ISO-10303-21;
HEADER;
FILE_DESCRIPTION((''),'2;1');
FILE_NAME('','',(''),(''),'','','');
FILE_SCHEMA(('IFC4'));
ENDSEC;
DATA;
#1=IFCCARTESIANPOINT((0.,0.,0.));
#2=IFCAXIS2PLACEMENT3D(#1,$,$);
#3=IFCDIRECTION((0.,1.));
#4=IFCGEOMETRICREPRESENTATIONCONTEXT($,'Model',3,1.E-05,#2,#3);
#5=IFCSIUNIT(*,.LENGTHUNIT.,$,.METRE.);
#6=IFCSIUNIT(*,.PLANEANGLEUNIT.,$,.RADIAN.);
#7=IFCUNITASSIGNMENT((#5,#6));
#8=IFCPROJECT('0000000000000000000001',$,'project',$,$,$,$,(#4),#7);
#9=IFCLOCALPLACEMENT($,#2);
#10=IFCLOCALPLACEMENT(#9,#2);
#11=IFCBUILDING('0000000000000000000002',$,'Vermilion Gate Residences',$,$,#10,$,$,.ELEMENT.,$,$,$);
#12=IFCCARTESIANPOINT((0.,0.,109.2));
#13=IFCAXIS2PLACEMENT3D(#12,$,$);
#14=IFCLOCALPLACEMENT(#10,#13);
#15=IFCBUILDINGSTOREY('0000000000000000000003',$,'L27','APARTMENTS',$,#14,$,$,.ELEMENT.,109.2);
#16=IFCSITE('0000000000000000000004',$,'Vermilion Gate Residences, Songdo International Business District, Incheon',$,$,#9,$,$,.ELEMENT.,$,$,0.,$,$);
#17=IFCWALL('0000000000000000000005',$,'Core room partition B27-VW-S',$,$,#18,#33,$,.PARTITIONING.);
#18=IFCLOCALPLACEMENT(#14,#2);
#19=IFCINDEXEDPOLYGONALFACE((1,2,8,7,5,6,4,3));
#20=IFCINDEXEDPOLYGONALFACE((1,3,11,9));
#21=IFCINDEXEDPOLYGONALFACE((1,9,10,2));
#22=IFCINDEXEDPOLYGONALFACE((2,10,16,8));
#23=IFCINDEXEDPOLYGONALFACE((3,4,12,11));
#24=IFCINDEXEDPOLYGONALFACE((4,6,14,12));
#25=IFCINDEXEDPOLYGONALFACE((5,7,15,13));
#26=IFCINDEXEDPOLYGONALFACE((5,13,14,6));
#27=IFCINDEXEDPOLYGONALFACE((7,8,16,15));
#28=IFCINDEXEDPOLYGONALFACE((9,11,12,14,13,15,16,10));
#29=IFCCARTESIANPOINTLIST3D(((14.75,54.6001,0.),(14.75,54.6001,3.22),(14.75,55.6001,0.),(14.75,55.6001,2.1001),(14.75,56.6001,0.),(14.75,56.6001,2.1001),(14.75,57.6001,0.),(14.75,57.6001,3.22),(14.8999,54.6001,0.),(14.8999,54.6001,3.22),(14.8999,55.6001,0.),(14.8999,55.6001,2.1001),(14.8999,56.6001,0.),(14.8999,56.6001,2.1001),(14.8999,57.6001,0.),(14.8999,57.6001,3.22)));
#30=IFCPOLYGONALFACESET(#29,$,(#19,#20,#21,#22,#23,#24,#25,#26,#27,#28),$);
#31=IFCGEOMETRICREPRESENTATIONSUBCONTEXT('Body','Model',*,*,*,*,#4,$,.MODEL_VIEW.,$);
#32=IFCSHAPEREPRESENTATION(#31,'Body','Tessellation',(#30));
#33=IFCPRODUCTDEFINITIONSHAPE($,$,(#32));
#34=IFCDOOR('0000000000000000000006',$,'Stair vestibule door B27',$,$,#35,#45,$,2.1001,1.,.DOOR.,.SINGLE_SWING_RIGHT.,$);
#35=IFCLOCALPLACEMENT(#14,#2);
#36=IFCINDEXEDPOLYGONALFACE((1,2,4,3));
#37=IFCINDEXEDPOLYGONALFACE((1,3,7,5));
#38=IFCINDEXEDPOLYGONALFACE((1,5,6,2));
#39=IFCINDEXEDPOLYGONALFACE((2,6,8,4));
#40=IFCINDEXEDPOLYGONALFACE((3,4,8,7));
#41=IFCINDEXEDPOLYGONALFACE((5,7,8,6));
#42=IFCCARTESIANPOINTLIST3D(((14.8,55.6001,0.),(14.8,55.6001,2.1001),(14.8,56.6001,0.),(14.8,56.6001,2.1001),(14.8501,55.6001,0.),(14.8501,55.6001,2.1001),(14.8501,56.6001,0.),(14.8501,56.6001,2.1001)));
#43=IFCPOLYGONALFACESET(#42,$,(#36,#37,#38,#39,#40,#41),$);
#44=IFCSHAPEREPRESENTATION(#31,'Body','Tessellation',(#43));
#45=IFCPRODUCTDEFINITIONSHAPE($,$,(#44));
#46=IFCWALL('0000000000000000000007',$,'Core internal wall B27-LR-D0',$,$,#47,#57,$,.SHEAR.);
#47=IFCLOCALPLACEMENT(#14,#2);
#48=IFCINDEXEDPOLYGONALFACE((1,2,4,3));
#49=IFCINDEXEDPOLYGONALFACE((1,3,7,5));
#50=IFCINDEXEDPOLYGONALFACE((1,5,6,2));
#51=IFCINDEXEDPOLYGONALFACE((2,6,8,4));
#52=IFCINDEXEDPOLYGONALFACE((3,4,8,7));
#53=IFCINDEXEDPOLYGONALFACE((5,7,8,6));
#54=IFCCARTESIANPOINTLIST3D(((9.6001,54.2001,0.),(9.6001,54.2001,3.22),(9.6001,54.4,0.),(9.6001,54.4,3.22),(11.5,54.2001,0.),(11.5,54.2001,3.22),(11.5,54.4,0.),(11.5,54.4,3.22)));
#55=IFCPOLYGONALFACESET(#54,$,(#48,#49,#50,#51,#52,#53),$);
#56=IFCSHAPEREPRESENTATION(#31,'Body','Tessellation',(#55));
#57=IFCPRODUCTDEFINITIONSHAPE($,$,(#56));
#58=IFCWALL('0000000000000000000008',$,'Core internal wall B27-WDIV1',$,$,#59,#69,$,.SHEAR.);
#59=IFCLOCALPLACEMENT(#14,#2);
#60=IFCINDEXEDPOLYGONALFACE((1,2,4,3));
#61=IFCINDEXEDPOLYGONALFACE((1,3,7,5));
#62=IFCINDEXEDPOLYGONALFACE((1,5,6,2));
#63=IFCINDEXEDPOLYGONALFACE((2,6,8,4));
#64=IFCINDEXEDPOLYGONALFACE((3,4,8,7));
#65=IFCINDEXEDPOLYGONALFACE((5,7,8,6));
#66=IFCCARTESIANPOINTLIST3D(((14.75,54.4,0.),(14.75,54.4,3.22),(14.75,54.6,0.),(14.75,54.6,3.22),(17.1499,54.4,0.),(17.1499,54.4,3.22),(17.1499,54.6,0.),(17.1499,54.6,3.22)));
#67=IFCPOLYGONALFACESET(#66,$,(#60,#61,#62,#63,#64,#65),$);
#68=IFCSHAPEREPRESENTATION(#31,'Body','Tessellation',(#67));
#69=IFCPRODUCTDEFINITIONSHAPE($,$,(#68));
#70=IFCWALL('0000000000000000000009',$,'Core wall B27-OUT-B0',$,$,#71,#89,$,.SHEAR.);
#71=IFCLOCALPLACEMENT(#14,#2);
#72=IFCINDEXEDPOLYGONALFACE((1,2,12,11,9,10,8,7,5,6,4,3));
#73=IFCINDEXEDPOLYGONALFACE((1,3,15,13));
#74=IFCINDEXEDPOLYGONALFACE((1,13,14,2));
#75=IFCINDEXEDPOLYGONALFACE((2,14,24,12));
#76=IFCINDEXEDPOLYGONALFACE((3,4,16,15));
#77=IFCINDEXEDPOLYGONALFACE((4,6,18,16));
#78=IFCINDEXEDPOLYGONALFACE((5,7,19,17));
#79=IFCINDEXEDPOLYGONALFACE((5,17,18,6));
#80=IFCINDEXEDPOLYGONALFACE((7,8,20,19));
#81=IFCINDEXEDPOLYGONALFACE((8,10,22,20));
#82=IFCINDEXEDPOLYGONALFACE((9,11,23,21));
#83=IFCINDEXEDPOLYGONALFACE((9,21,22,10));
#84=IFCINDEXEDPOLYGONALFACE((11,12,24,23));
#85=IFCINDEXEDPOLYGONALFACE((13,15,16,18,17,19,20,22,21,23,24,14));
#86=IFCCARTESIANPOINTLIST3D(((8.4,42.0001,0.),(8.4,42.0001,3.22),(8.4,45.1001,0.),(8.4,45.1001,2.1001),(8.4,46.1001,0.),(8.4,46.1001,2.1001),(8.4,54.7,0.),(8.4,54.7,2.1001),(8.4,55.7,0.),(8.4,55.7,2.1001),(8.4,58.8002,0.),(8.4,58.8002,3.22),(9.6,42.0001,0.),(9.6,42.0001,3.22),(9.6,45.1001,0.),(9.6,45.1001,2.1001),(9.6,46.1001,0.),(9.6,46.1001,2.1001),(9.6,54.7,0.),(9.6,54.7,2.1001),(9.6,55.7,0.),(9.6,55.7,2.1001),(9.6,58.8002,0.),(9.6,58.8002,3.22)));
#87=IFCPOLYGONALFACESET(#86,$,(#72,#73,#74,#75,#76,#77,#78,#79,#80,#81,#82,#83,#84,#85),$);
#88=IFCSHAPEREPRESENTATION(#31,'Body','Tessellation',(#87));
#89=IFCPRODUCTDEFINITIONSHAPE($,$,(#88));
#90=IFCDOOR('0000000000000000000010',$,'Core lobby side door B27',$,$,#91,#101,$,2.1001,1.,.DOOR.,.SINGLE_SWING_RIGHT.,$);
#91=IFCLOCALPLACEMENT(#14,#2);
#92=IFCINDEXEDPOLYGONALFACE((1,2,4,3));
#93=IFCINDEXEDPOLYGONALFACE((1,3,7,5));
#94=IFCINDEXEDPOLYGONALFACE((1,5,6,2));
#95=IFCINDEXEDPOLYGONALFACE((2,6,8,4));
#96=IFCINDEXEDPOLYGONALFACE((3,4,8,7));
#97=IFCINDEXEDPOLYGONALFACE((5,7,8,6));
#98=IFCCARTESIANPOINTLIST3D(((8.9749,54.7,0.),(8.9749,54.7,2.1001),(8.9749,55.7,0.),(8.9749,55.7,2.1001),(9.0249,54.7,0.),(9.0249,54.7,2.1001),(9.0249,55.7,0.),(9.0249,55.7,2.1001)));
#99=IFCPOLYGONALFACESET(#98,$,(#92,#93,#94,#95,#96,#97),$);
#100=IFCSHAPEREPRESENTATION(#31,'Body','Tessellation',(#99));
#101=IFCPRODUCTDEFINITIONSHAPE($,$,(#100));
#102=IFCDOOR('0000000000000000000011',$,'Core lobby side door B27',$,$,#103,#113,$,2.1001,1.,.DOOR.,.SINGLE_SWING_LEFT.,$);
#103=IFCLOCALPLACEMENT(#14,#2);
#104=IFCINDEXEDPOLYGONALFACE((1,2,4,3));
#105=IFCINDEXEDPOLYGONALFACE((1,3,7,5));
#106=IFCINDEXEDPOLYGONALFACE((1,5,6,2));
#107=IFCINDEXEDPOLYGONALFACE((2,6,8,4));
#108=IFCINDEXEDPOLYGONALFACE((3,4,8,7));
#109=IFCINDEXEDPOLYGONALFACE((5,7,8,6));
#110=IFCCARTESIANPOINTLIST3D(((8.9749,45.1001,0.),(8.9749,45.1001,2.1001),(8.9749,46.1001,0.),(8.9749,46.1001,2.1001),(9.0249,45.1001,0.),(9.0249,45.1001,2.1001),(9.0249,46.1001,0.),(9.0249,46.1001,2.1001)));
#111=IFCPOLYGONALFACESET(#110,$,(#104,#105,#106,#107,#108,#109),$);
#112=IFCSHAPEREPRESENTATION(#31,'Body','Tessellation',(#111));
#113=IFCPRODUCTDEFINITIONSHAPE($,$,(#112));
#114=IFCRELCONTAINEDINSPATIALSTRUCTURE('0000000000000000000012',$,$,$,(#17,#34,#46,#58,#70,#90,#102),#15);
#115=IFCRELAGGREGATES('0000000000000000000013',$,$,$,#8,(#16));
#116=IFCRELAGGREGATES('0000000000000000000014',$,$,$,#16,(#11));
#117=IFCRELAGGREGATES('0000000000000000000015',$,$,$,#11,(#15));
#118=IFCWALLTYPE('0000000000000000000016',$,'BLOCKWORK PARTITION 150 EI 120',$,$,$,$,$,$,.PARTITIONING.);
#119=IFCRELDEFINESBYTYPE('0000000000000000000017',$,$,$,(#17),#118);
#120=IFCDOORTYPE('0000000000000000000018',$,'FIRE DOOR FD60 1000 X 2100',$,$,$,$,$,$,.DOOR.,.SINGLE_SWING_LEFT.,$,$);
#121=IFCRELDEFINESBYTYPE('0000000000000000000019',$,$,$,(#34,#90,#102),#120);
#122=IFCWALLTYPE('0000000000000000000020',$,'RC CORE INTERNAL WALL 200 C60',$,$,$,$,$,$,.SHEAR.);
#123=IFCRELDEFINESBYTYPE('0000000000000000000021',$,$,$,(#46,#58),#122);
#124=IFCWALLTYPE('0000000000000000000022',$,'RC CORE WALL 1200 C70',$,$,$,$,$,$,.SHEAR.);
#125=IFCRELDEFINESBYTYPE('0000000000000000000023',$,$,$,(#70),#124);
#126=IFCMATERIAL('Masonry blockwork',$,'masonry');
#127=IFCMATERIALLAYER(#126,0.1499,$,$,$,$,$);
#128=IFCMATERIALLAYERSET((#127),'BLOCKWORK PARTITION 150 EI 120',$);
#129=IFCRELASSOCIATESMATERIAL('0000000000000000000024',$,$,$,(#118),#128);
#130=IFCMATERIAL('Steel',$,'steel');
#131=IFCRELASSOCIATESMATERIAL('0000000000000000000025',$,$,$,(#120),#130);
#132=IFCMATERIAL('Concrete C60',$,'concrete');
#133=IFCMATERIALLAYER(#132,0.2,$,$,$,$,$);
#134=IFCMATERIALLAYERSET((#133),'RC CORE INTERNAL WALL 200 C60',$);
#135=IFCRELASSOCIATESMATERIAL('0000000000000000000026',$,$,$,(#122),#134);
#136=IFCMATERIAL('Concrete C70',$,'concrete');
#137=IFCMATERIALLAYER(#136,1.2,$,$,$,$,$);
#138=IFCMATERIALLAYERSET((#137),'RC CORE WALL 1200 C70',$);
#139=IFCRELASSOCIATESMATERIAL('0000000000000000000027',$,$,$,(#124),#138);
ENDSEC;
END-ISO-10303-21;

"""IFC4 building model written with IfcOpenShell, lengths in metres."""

from ifc_helpers import new_model, si_unit, direction, frame, frame_2d, origin, place, context, subcontext, project, spatial, rectangle, extrude, material, layer, layer_set, type_object, element, fill, save


model = new_model("IFC4")

# Units and contexts
model_context = context("Model", 3, precision=1e-05, world=origin(), true_north=direction((0.0, 1.0)))
body_context = subcontext(model_context, "Body", "Model", "MODEL_VIEW")
ifc_project = project(units=[si_unit("LENGTHUNIT", "METRE"), si_unit("PLANEANGLEUNIT", "RADIAN")], contexts=[model_context])

# Site, building, storey
site_placement = place(None, origin())
site = spatial("IfcSite", under=ifc_project, at=site_placement, Name="Vermilion Gate Residences, Songdo International Business District, Incheon", CompositionType="ELEMENT", RefElevation=0.0)
building_placement = place(site_placement, origin())
building = spatial("IfcBuilding", under=site, at=building_placement, Name="Vermilion Gate Residences", CompositionType="ELEMENT")
storey_placement = place(building_placement, frame((0.0, 0.0, 109.2)))
storey = spatial("IfcBuildingStorey", under=building, at=storey_placement, Name="L27", Description="APARTMENTS", CompositionType="ELEMENT", Elevation=109.2)

# Wall, opening, door
ifc_material_1 = material(Name="Masonry blockwork", Category="masonry")
ifc_layer_1 = layer(ifc_material_1, 0.1499)
ifc_layer_set_1 = layer_set([ifc_layer_1], Name="BLOCKWORK PARTITION 150 EI 120")
wall_type_1 = type_object("IfcWallType", Name="BLOCKWORK PARTITION 150 EI 120", PredefinedType="PARTITIONING", material=ifc_layer_set_1)
wall_1_placement = place(storey_placement, frame((14.825, 57.6001, 0.0), z_axis=(0.0, 0.0, 1.0), x_axis=(0.0, -1.0, 0.0)))
wall_1 = element("IfcWall", 1, at=wall_1_placement, inside=storey, type_object=wall_type_1, Name="Core room partition B27-VW-S", PredefinedType="PARTITIONING", context=body_context, shape_type="SweptSolid", body=[
    extrude(rectangle(XDim=3.0, YDim=0.1499, at=frame_2d((1.5, 0.0))), origin(), (0.0, 0.0, 1.0), 3.22),
])
opening_1_placement = place(wall_1_placement, frame((1.0, 0.0, 0.0)))
opening_1 = element("IfcOpeningElement", 2, at=opening_1_placement, cuts=wall_1, PredefinedType="OPENING", context=body_context, shape_type="SweptSolid", body=[
    extrude(rectangle(XDim=1.0, YDim=2.1001, at=frame_2d((0.5, 1.05))), frame((0.0, 0.085, 0.0), z_axis=(0.0, -1.0, 0.0), x_axis=(1.0, 0.0, 0.0)), (0.0, 0.0, 1.0), 0.1699),
])
ifc_material_2 = material(Name="Steel", Category="steel")
door_type_1 = type_object("IfcDoorType", Name="FIRE DOOR FD60 1000 X 2100", OperationType="SINGLE_SWING_LEFT", PredefinedType="DOOR", material=ifc_material_2)
door_1_placement = place(opening_1_placement, frame((1.0, 0.0, 0.0), z_axis=(0.0, 0.0, 1.0), x_axis=(-1.0, 0.0, 0.0)))
door_1 = element("IfcDoor", 3, at=door_1_placement, inside=storey, type_object=door_type_1, Name="Stair vestibule door B27", OperationType="SINGLE_SWING_RIGHT", OverallHeight=2.1001, OverallWidth=1.0, PredefinedType="DOOR", context=body_context, shape_type="SweptSolid", body=[
    extrude(rectangle(XDim=1.0, YDim=2.1001, at=frame_2d((0.5, 1.05))), frame((0.0, 0.0249, 0.0), z_axis=(0.0, -1.0, 0.0), x_axis=(1.0, 0.0, 0.0)), (0.0, 0.0, 1.0), 0.05),
])
fill(opening_1, door_1)

# Walls
ifc_material_3 = material(Name="Concrete C60", Category="concrete")
ifc_layer_2 = layer(ifc_material_3, 0.2)
ifc_layer_set_2 = layer_set([ifc_layer_2], Name="RC CORE INTERNAL WALL 200 C60")
wall_type_2 = type_object("IfcWallType", Name="RC CORE INTERNAL WALL 200 C60", PredefinedType="SHEAR", material=ifc_layer_set_2)
wall_2_placement = place(storey_placement, frame((9.6001, 54.3, 0.0), z_axis=(0.0, 0.0, 1.0), x_axis=(1.0, 0.0, 0.0)))
element("IfcWall", 4, at=wall_2_placement, inside=storey, type_object=wall_type_2, Name="Core internal wall B27-LR-D0", PredefinedType="SHEAR", context=body_context, shape_type="SweptSolid", body=[
    extrude(rectangle(XDim=1.8999, YDim=0.2, at=frame_2d((0.95, 0.0))), origin(), (0.0, 0.0, 1.0), 3.22),
])
wall_3_placement = place(storey_placement, frame((14.75, 54.5, 0.0), z_axis=(0.0, 0.0, 1.0), x_axis=(1.0, 0.0, 0.0)))
element("IfcWall", 5, at=wall_3_placement, inside=storey, type_object=wall_type_2, Name="Core internal wall B27-WDIV1", PredefinedType="SHEAR", context=body_context, shape_type="SweptSolid", body=[
    extrude(rectangle(XDim=2.3999, YDim=0.2, at=frame_2d((1.2, 0.0))), origin(), (0.0, 0.0, 1.0), 3.22),
])

# Wall, openings, doors
ifc_material_4 = material(Name="Concrete C70", Category="concrete")
ifc_layer_3 = layer(ifc_material_4, 1.2)
ifc_layer_set_3 = layer_set([ifc_layer_3], Name="RC CORE WALL 1200 C70")
wall_type_3 = type_object("IfcWallType", Name="RC CORE WALL 1200 C70", PredefinedType="SHEAR", material=ifc_layer_set_3)
wall_4_placement = place(storey_placement, frame((9.0, 58.8, 0.0), z_axis=(0.0, 0.0, 1.0), x_axis=(0.0, -1.0, 0.0)))
wall_4 = element("IfcWall", 6, at=wall_4_placement, inside=storey, type_object=wall_type_3, Name="Core wall B27-OUT-B0", PredefinedType="SHEAR", context=body_context, shape_type="SweptSolid", body=[
    extrude(rectangle(XDim=16.8, YDim=1.2, at=frame_2d((8.3999, 0.0))), origin(), (0.0, 0.0, 1.0), 3.22),
])
opening_2_placement = place(wall_4_placement, frame((3.1001, 0.0, 0.0)))
opening_2 = element("IfcOpeningElement", 7, at=opening_2_placement, cuts=wall_4, PredefinedType="OPENING", context=body_context, shape_type="SweptSolid", body=[
    extrude(rectangle(XDim=1.0, YDim=2.1001, at=frame_2d((0.5, 1.05))), frame((0.0, 0.6099, 0.0), z_axis=(0.0, -1.0, 0.0), x_axis=(1.0, 0.0, 0.0)), (0.0, 0.0, 1.0), 1.22),
])
opening_3_placement = place(wall_4_placement, frame((12.7, 0.0, 0.0)))
opening_3 = element("IfcOpeningElement", 8, at=opening_3_placement, cuts=wall_4, PredefinedType="OPENING", context=body_context, shape_type="SweptSolid", body=[
    extrude(rectangle(XDim=1.0, YDim=2.1001, at=frame_2d((0.5, 1.05))), frame((0.0, 0.6099, 0.0), z_axis=(0.0, -1.0, 0.0), x_axis=(1.0, 0.0, 0.0)), (0.0, 0.0, 1.0), 1.22),
])
door_2_placement = place(opening_2_placement, origin())
door_2 = element("IfcDoor", 9, at=door_2_placement, inside=storey, type_object=door_type_1, Name="Core lobby side door B27", OperationType="SINGLE_SWING_RIGHT", OverallHeight=2.1001, OverallWidth=1.0, PredefinedType="DOOR", context=body_context, shape_type="SweptSolid", body=[
    extrude(rectangle(XDim=1.0, YDim=2.1001, at=frame_2d((0.5, 1.05))), frame((0.0, 0.0249, 0.0), z_axis=(0.0, -1.0, 0.0), x_axis=(1.0, 0.0, 0.0)), (0.0, 0.0, 1.0), 0.05),
])
fill(opening_2, door_2)
door_3_placement = place(opening_3_placement, origin())
door_3 = element("IfcDoor", 10, at=door_3_placement, inside=storey, type_object=door_type_1, Name="Core lobby side door B27", OperationType="SINGLE_SWING_LEFT", OverallHeight=2.1001, OverallWidth=1.0, PredefinedType="DOOR", context=body_context, shape_type="SweptSolid", body=[
    extrude(rectangle(XDim=1.0, YDim=2.1001, at=frame_2d((0.5, 1.05))), frame((0.0, 0.0249, 0.0), z_axis=(0.0, -1.0, 0.0), x_axis=(1.0, 0.0, 0.0)), (0.0, 0.0, 1.0), 0.05),
])
fill(opening_3, door_3)

save(model, "model.ifc")
